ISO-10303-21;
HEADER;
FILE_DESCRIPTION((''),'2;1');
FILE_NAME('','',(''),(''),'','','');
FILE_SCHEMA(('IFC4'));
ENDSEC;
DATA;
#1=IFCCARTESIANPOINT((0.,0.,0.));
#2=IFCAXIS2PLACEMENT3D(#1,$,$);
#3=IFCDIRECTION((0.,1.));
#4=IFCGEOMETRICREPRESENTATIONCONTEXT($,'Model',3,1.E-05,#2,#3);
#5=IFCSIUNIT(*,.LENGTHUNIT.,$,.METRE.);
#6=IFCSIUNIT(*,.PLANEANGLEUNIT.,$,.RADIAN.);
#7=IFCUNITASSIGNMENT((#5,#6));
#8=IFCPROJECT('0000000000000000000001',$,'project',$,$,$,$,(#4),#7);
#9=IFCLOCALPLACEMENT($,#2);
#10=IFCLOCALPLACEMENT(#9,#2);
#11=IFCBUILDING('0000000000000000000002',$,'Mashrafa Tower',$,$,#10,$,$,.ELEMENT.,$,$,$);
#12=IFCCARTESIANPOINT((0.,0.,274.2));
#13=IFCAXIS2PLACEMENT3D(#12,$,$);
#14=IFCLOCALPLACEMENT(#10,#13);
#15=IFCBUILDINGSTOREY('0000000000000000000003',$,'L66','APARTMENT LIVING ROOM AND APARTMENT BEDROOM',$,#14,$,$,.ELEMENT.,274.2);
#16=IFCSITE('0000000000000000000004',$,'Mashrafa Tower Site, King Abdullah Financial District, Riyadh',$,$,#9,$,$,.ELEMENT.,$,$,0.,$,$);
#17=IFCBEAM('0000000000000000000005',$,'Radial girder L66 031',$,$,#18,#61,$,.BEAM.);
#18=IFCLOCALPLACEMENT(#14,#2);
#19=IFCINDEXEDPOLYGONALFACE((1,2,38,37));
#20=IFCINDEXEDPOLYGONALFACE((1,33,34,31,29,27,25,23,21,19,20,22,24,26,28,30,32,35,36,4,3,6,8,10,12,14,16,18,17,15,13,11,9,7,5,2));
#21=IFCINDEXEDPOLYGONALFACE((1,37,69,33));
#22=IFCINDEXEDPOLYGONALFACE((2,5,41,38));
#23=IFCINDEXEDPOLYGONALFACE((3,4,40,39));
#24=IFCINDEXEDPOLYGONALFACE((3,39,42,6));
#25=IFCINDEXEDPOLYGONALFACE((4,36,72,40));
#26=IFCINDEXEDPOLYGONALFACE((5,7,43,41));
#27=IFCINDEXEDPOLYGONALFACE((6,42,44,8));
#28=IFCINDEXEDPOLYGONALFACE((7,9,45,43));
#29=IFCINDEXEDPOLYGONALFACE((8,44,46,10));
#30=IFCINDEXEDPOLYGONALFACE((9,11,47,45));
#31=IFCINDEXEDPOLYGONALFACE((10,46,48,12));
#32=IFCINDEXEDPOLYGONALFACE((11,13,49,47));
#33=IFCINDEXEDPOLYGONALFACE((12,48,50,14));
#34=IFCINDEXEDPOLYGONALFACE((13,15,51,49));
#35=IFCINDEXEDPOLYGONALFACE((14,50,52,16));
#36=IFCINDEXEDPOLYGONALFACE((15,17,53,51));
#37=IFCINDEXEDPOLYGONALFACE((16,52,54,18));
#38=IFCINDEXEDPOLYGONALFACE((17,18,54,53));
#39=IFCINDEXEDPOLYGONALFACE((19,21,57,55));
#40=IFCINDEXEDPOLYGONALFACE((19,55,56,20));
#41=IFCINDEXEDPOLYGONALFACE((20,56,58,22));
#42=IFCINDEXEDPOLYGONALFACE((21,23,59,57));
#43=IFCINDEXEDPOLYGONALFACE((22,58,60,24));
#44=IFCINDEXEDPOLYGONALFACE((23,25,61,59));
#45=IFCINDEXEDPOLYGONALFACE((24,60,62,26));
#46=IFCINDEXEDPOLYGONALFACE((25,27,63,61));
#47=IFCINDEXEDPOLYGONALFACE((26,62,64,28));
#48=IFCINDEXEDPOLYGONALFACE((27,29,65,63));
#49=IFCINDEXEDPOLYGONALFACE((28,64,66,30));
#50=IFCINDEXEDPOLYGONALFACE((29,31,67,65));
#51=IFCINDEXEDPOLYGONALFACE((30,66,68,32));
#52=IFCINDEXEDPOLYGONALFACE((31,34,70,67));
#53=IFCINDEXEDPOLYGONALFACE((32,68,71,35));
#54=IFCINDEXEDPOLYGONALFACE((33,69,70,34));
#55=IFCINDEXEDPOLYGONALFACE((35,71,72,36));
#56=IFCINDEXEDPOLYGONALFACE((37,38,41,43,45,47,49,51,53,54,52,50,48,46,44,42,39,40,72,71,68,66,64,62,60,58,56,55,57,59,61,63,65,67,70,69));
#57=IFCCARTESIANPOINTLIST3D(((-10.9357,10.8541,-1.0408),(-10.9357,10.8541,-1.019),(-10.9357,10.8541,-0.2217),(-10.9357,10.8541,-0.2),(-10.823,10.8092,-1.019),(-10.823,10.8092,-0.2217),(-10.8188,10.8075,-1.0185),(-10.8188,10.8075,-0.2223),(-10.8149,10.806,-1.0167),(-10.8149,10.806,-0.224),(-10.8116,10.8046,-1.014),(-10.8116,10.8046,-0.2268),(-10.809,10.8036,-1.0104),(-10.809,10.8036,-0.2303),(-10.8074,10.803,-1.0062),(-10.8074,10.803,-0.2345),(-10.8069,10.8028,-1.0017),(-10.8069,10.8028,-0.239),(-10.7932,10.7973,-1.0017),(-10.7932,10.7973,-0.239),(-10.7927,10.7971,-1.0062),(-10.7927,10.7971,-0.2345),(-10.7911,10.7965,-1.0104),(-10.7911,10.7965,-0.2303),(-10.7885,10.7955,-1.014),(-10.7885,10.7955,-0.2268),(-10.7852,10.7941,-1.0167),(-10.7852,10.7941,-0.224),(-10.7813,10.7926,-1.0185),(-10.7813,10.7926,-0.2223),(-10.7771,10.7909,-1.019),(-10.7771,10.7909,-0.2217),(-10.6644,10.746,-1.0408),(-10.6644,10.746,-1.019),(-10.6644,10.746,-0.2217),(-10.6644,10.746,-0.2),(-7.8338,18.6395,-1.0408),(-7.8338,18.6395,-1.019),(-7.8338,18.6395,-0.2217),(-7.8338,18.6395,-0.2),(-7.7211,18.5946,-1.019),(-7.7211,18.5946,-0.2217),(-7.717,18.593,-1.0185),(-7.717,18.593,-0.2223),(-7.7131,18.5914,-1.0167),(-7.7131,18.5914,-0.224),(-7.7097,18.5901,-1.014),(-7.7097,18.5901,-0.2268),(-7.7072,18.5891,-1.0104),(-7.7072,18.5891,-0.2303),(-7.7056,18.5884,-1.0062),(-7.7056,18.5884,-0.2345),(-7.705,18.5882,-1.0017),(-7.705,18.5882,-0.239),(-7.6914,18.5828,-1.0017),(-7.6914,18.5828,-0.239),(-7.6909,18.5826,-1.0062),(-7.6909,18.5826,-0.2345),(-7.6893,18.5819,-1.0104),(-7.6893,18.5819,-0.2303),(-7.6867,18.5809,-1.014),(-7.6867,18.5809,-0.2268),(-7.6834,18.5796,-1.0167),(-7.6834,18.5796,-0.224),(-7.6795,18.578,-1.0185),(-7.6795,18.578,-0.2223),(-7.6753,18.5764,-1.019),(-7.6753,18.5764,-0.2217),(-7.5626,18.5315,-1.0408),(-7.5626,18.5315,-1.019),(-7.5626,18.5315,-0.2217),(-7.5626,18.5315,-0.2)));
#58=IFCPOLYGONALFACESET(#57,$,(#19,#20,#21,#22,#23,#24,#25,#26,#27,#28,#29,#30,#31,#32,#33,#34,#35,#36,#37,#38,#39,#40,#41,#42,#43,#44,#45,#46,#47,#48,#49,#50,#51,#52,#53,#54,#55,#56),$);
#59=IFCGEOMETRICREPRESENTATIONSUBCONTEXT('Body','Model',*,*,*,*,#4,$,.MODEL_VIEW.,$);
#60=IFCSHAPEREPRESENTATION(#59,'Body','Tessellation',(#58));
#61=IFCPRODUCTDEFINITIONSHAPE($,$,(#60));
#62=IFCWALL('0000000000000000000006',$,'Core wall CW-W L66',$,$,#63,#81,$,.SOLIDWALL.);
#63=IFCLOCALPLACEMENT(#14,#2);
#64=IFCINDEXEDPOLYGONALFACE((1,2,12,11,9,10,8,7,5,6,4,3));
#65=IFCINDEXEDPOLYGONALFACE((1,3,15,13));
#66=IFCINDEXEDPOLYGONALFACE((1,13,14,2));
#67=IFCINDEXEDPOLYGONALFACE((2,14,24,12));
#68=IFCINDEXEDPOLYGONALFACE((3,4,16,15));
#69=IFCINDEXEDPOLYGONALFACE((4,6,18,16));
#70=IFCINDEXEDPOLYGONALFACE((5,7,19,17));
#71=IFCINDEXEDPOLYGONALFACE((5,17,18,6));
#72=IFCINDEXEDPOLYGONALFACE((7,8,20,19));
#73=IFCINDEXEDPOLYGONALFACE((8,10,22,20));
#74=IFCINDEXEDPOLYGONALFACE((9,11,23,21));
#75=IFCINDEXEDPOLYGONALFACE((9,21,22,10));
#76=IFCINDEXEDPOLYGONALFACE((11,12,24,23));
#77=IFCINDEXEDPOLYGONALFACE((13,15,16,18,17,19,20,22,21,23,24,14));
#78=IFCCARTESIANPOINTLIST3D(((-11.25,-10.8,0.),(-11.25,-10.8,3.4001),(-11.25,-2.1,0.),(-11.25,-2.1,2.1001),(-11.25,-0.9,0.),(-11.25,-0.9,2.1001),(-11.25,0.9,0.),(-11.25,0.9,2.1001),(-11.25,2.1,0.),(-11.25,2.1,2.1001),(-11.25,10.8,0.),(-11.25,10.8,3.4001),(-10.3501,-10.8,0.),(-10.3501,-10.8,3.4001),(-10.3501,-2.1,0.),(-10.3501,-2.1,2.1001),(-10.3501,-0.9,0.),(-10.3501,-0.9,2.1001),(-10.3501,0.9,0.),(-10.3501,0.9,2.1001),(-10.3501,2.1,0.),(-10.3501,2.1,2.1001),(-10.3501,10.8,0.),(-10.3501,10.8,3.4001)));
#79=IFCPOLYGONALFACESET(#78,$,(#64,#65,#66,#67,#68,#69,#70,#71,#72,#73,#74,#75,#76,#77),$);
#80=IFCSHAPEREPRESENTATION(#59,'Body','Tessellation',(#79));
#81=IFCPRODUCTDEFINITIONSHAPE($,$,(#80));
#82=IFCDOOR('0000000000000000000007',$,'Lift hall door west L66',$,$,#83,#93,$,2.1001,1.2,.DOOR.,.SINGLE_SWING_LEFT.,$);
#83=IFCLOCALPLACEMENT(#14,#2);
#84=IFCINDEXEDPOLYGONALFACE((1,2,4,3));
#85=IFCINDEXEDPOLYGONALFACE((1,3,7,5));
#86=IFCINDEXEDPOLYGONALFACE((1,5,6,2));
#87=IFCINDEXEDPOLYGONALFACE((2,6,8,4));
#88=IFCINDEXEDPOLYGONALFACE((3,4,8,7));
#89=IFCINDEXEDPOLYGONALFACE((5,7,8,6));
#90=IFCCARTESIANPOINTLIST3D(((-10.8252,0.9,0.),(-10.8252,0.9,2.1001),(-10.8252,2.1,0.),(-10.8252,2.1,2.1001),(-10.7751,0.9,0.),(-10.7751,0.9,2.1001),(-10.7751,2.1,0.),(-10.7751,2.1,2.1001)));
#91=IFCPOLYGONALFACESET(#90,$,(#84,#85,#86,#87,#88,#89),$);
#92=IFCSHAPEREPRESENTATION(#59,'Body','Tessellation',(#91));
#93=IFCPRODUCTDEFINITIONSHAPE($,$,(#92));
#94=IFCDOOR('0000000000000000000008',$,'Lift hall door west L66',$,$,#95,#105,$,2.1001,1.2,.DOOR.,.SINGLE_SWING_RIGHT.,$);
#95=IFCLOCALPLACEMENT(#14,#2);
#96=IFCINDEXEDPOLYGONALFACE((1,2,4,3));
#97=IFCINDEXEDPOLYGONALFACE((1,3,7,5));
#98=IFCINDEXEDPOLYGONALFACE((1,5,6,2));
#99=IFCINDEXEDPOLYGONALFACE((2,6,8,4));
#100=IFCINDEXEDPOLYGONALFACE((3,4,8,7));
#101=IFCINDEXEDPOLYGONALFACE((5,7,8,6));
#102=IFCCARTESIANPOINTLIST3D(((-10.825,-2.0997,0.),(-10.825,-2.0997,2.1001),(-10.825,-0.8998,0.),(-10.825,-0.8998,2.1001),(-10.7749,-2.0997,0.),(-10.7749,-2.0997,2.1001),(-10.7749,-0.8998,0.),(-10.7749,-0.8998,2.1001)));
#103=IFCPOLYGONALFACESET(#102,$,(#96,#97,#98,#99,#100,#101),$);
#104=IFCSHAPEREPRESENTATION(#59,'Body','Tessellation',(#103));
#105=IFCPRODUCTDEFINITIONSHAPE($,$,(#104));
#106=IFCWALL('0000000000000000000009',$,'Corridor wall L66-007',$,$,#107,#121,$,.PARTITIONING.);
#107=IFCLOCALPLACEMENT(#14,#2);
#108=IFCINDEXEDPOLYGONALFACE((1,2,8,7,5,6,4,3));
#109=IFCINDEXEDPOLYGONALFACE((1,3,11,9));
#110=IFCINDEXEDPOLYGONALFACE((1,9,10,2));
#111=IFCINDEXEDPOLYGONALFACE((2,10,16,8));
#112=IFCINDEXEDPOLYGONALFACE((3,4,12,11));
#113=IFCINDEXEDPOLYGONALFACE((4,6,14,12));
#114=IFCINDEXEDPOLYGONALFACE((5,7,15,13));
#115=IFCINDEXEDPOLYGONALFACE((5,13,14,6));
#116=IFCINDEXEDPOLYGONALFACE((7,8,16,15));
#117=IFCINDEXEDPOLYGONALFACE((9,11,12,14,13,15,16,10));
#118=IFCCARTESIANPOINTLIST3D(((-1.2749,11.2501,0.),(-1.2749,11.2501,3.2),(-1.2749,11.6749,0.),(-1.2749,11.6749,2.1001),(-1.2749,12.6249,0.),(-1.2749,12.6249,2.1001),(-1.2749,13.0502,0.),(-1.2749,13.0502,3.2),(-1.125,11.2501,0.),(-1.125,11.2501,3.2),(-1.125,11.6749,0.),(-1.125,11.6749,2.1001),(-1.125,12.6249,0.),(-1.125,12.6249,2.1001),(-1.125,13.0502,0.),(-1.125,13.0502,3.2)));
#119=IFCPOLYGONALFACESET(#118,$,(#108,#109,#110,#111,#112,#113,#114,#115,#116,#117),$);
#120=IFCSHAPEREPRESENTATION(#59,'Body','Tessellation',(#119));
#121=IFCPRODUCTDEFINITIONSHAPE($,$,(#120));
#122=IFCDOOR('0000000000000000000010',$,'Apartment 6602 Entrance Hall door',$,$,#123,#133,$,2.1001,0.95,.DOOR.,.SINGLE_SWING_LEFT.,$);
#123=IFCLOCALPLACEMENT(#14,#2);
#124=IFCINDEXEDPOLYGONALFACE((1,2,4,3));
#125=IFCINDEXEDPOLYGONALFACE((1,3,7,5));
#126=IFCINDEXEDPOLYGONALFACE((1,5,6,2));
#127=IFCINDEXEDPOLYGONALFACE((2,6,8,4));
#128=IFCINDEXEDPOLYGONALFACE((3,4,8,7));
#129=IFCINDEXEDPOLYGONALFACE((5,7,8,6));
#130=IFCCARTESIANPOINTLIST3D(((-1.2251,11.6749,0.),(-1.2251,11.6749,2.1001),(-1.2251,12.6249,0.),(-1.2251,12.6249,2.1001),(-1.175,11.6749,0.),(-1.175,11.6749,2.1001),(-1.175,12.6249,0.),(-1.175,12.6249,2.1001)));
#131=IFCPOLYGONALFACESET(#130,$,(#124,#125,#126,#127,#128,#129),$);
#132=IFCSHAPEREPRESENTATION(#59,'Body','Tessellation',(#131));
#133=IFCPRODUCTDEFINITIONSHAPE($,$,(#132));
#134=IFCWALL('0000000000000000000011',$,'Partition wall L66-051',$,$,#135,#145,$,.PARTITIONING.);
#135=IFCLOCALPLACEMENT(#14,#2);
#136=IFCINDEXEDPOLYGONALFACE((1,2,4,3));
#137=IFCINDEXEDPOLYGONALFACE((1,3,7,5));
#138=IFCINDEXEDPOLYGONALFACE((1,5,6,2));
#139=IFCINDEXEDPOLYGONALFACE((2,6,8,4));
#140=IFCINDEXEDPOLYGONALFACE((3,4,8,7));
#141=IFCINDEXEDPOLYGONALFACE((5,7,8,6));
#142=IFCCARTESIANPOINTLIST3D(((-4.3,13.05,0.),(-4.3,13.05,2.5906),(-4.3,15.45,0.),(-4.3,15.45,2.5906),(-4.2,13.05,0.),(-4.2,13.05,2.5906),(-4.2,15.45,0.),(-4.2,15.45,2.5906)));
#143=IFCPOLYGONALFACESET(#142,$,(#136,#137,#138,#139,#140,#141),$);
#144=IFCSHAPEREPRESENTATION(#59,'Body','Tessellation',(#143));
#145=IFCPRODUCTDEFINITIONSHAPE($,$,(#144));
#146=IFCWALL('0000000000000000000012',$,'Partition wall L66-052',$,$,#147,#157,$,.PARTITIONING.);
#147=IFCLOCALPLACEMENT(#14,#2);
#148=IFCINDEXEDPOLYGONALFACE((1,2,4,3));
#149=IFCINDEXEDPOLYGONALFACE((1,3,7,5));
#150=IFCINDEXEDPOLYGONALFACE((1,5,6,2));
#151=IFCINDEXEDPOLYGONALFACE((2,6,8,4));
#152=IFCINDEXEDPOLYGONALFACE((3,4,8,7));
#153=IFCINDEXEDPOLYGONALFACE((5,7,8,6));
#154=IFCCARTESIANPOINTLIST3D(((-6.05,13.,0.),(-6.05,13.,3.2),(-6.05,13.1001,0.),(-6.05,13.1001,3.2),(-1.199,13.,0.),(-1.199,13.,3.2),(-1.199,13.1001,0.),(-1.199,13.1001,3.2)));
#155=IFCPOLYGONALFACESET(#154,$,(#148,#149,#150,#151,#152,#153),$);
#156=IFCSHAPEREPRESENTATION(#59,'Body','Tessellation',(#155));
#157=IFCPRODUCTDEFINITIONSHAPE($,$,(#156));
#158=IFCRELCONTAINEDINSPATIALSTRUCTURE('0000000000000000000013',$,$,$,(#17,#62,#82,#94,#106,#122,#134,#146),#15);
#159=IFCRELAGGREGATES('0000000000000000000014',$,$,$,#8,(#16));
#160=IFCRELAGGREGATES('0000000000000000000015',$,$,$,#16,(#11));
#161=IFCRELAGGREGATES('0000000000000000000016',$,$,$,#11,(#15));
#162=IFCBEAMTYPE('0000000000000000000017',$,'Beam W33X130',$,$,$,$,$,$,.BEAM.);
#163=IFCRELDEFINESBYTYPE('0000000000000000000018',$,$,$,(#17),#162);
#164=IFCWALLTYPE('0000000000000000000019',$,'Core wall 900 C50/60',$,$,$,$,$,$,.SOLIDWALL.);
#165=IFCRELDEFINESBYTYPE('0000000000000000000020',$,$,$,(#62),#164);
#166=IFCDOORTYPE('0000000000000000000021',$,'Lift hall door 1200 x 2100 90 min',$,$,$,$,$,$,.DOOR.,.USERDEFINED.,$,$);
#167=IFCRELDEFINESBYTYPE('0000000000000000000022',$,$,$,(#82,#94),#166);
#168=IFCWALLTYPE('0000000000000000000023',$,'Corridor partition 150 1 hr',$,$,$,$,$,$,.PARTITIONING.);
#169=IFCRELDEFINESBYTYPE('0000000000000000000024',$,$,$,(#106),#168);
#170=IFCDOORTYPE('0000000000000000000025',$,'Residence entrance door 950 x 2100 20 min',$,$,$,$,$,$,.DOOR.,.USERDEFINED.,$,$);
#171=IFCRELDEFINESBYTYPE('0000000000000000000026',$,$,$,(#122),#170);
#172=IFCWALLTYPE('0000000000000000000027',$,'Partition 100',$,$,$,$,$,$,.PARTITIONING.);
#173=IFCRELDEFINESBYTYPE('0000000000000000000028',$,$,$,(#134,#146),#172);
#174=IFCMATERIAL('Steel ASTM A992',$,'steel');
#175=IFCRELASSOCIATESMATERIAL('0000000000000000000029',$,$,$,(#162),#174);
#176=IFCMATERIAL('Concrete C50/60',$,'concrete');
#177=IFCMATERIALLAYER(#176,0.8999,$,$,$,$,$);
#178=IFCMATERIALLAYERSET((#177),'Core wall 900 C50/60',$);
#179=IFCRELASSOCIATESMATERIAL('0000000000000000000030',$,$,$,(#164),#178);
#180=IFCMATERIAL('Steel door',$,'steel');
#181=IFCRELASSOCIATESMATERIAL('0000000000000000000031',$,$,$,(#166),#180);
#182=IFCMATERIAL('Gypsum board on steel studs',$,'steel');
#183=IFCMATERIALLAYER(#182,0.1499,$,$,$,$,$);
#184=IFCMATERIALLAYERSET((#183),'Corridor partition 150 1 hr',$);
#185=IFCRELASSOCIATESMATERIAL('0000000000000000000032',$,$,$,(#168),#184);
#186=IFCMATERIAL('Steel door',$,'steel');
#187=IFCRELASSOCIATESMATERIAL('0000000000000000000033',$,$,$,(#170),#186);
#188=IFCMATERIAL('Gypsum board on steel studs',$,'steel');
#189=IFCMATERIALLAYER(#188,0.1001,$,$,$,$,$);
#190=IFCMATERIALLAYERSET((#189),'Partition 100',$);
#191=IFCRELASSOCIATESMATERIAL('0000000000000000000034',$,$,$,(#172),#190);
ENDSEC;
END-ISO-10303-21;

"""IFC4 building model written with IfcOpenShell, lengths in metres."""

from ifc_helpers import new_model, si_unit, direction, frame, frame_2d, origin, origin_2d, place, context, subcontext, project, spatial, rectangle, i_section, extrude, material, layer, layer_set, material_profile, profile_set, type_object, element, fill, save


model = new_model("IFC4")

# Units and contexts
model_context = context("Model", 3, precision=1e-05, world=origin(), true_north=direction((0.0, 1.0)))
body_context = subcontext(model_context, "Body", "Model", "MODEL_VIEW")
ifc_project = project(units=[si_unit("LENGTHUNIT", "METRE"), si_unit("PLANEANGLEUNIT", "RADIAN")], contexts=[model_context])

# Site, building, storey
site_placement = place(None, origin())
site = spatial("IfcSite", under=ifc_project, at=site_placement, Name="Mashrafa Tower Site, King Abdullah Financial District, Riyadh", CompositionType="ELEMENT", RefElevation=0.0)
building_placement = place(site_placement, origin())
building = spatial("IfcBuilding", under=site, at=building_placement, Name="Mashrafa Tower", CompositionType="ELEMENT")
storey_placement = place(building_placement, frame((0.0, 0.0, 274.2)))
storey = spatial("IfcBuildingStorey", under=building, at=storey_placement, Name="L66", Description="APARTMENT LIVING ROOM AND APARTMENT BEDROOM", CompositionType="ELEMENT", Elevation=274.2)

# Beam
ifc_material_1 = material(Name="Steel ASTM A992", Category="steel")
ifc_material_profile_1 = material_profile(ifc_material_1, i_section(OverallWidth=0.292, OverallDepth=0.8408, WebThickness=0.0146, FlangeThickness=0.0217, FilletRadius=0.0173, at=origin_2d()), Name="W33X130")
ifc_profile_set_1 = profile_set([ifc_material_profile_1], Name="Steel ASTM A992")
beam_type_1 = type_object("IfcBeamType", Name="Beam W33X130", PredefinedType="BEAM", material=ifc_profile_set_1)
for number, where, z_axis, x_axis, name in (
    (1, (-10.8, 10.8, -0.6204), (0.37012, 0.928984, 0.0), (-0.928984, 0.37012, 0.0), "Radial girder L66 031"),
):
    element("IfcBeam", number, at=place(storey_placement, frame(where, z_axis=z_axis, x_axis=x_axis)), inside=storey, type_object=beam_type_1, Name=name, PredefinedType="BEAM", context=body_context, shape_type="SweptSolid", body=[
        extrude(i_section(OverallWidth=0.292, OverallDepth=0.8408, WebThickness=0.0146, FlangeThickness=0.0217, FilletRadius=0.0173, at=origin_2d()), origin(), (0.0, 0.0, 1.0), 8.3806),
    ])

# Wall, openings, doors
ifc_material_2 = material(Name="Concrete C50/60", Category="concrete")
ifc_layer_1 = layer(ifc_material_2, 0.8999)
ifc_layer_set_1 = layer_set([ifc_layer_1], Name="Core wall 900 C50/60")
wall_type_1 = type_object("IfcWallType", Name="Core wall 900 C50/60", PredefinedType="SOLIDWALL", material=ifc_layer_set_1)
wall_1_placement = place(storey_placement, frame((-10.8, 10.8, 0.0), z_axis=(0.0, 0.0, 1.0), x_axis=(0.0, -1.0, 0.0)))
wall_1 = element("IfcWall", 2, at=wall_1_placement, inside=storey, type_object=wall_type_1, Name="Core wall CW-W L66", PredefinedType="SOLIDWALL", context=body_context, shape_type="SweptSolid", body=[
    extrude(rectangle(XDim=21.6001, YDim=0.8999, at=frame_2d((10.8, 0.0))), origin(), (0.0, 0.0, 1.0), 3.4001),
])
opening_1_placement = place(wall_1_placement, frame((8.7, 0.0, 0.0)))
opening_1 = element("IfcOpeningElement", 3, at=opening_1_placement, cuts=wall_1, PredefinedType="OPENING", context=body_context, shape_type="SweptSolid", body=[
    extrude(rectangle(XDim=1.2, YDim=2.1001, at=frame_2d((0.6001, 1.05))), frame((0.0, 0.46, 0.0), z_axis=(0.0, -1.0, 0.0), x_axis=(1.0, 0.0, 0.0)), (0.0, 0.0, 1.0), 0.9199),
])
opening_2_placement = place(wall_1_placement, frame((11.7, 0.0, 0.0)))
opening_2 = element("IfcOpeningElement", 4, at=opening_2_placement, cuts=wall_1, PredefinedType="OPENING", context=body_context, shape_type="SweptSolid", body=[
    extrude(rectangle(XDim=1.2, YDim=2.1001, at=frame_2d((0.6001, 1.05))), frame((0.0, 0.46, 0.0), z_axis=(0.0, -1.0, 0.0), x_axis=(1.0, 0.0, 0.0)), (0.0, 0.0, 1.0), 0.9199),
])
ifc_material_3 = material(Name="Steel door", Category="steel")
door_type_1 = type_object("IfcDoorType", Name="Lift hall door 1200 x 2100 90 min", OperationType="USERDEFINED", PredefinedType="DOOR", material=ifc_material_3)
door_1_placement = place(opening_1_placement, origin())
door_1 = element("IfcDoor", 5, at=door_1_placement, inside=storey, type_object=door_type_1, Name="Lift hall door west L66", OperationType="SINGLE_SWING_LEFT", OverallHeight=2.1001, OverallWidth=1.2, PredefinedType="DOOR", context=body_context, shape_type="SweptSolid", body=[
    extrude(rectangle(XDim=1.2, YDim=2.1001, at=frame_2d((0.6001, 1.05))), frame((0.0, 0.0249, 0.0), z_axis=(0.0, -1.0, 0.0), x_axis=(1.0, 0.0, 0.0)), (0.0, 0.0, 1.0), 0.05),
])
fill(opening_1, door_1)
door_2_placement = place(opening_2_placement, frame((1.2, 0.0, 0.0), z_axis=(0.0, 0.0, 1.0), x_axis=(-1.0, 0.0, 0.0)))
door_2 = element("IfcDoor", 6, at=door_2_placement, inside=storey, type_object=door_type_1, Name="Lift hall door west L66", OperationType="SINGLE_SWING_RIGHT", OverallHeight=2.1001, OverallWidth=1.2, PredefinedType="DOOR", context=body_context, shape_type="SweptSolid", body=[
    extrude(rectangle(XDim=1.2, YDim=2.1001, at=frame_2d((0.6001, 1.05))), frame((0.0, 0.0249, 0.0), z_axis=(0.0, -1.0, 0.0), x_axis=(1.0, 0.0, 0.0)), (0.0, 0.0, 1.0), 0.05),
])
fill(opening_2, door_2)

# Wall, opening, door
ifc_material_4 = material(Name="Gypsum board on steel studs", Category="steel")
ifc_layer_2 = layer(ifc_material_4, 0.1499)
ifc_layer_set_2 = layer_set([ifc_layer_2], Name="Corridor partition 150 1 hr")
wall_type_2 = type_object("IfcWallType", Name="Corridor partition 150 1 hr", PredefinedType="PARTITIONING", material=ifc_layer_set_2)
wall_2_placement = place(storey_placement, frame((-1.2, 13.05, 0.0), z_axis=(0.0, 0.0, 1.0), x_axis=(0.0, -1.0, 0.0)))
wall_2 = element("IfcWall", 7, at=wall_2_placement, inside=storey, type_object=wall_type_2, Name="Corridor wall L66-007", PredefinedType="PARTITIONING", context=body_context, shape_type="SweptSolid", body=[
    extrude(rectangle(XDim=1.8, YDim=0.1499, at=frame_2d((0.8999, 0.0))), origin(), (0.0, 0.0, 1.0), 3.2),
])
opening_3_placement = place(wall_2_placement, frame((0.425, 0.0, 0.0)))
opening_3 = element("IfcOpeningElement", 8, at=opening_3_placement, cuts=wall_2, PredefinedType="OPENING", context=body_context, shape_type="SweptSolid", body=[
    extrude(rectangle(XDim=0.95, YDim=2.1001, at=frame_2d((0.4751, 1.05))), frame((0.0, 0.085, 0.0), z_axis=(0.0, -1.0, 0.0), x_axis=(1.0, 0.0, 0.0)), (0.0, 0.0, 1.0), 0.1699),
])
ifc_material_5 = material(Name="Steel door", Category="steel")
door_type_2 = type_object("IfcDoorType", Name="Residence entrance door 950 x 2100 20 min", OperationType="USERDEFINED", PredefinedType="DOOR", material=ifc_material_5)
door_3_placement = place(opening_3_placement, origin())
door_3 = element("IfcDoor", 9, at=door_3_placement, inside=storey, type_object=door_type_2, Name="Apartment 6602 Entrance Hall door", OperationType="SINGLE_SWING_LEFT", OverallHeight=2.1001, OverallWidth=0.95, PredefinedType="DOOR", context=body_context, shape_type="SweptSolid", body=[
    extrude(rectangle(XDim=0.95, YDim=2.1001, at=frame_2d((0.4751, 1.05))), frame((0.0, 0.0249, 0.0), z_axis=(0.0, -1.0, 0.0), x_axis=(1.0, 0.0, 0.0)), (0.0, 0.0, 1.0), 0.05),
])
fill(opening_3, door_3)

# Walls
ifc_material_6 = material(Name="Gypsum board on steel studs", Category="steel")
ifc_layer_3 = layer(ifc_material_6, 0.1001)
ifc_layer_set_3 = layer_set([ifc_layer_3], Name="Partition 100")
wall_type_3 = type_object("IfcWallType", Name="Partition 100", PredefinedType="PARTITIONING", material=ifc_layer_set_3)
wall_3_placement = place(storey_placement, frame((-4.25, 13.05, 0.0), z_axis=(0.0, 0.0, 1.0), x_axis=(0.0, 1.0, 0.0)))
element("IfcWall", 10, at=wall_3_placement, inside=storey, type_object=wall_type_3, Name="Partition wall L66-051", PredefinedType="PARTITIONING", context=body_context, shape_type="SweptSolid", body=[
    extrude(rectangle(XDim=2.3999, YDim=0.1001, at=frame_2d((1.2, 0.0))), origin(), (0.0, 0.0, 1.0), 2.5906),
])
wall_4_placement = place(storey_placement, frame((-6.05, 13.05, 0.0), z_axis=(0.0, 0.0, 1.0), x_axis=(1.0, 0.0, 0.0)))
element("IfcWall", 11, at=wall_4_placement, inside=storey, type_object=wall_type_3, Name="Partition wall L66-052", PredefinedType="PARTITIONING", context=body_context, shape_type="SweptSolid", body=[
    extrude(rectangle(XDim=4.8511, YDim=0.1001, at=frame_2d((2.4255, 0.0))), origin(), (0.0, 0.0, 1.0), 3.2),
])

save(model, "model.ifc")
